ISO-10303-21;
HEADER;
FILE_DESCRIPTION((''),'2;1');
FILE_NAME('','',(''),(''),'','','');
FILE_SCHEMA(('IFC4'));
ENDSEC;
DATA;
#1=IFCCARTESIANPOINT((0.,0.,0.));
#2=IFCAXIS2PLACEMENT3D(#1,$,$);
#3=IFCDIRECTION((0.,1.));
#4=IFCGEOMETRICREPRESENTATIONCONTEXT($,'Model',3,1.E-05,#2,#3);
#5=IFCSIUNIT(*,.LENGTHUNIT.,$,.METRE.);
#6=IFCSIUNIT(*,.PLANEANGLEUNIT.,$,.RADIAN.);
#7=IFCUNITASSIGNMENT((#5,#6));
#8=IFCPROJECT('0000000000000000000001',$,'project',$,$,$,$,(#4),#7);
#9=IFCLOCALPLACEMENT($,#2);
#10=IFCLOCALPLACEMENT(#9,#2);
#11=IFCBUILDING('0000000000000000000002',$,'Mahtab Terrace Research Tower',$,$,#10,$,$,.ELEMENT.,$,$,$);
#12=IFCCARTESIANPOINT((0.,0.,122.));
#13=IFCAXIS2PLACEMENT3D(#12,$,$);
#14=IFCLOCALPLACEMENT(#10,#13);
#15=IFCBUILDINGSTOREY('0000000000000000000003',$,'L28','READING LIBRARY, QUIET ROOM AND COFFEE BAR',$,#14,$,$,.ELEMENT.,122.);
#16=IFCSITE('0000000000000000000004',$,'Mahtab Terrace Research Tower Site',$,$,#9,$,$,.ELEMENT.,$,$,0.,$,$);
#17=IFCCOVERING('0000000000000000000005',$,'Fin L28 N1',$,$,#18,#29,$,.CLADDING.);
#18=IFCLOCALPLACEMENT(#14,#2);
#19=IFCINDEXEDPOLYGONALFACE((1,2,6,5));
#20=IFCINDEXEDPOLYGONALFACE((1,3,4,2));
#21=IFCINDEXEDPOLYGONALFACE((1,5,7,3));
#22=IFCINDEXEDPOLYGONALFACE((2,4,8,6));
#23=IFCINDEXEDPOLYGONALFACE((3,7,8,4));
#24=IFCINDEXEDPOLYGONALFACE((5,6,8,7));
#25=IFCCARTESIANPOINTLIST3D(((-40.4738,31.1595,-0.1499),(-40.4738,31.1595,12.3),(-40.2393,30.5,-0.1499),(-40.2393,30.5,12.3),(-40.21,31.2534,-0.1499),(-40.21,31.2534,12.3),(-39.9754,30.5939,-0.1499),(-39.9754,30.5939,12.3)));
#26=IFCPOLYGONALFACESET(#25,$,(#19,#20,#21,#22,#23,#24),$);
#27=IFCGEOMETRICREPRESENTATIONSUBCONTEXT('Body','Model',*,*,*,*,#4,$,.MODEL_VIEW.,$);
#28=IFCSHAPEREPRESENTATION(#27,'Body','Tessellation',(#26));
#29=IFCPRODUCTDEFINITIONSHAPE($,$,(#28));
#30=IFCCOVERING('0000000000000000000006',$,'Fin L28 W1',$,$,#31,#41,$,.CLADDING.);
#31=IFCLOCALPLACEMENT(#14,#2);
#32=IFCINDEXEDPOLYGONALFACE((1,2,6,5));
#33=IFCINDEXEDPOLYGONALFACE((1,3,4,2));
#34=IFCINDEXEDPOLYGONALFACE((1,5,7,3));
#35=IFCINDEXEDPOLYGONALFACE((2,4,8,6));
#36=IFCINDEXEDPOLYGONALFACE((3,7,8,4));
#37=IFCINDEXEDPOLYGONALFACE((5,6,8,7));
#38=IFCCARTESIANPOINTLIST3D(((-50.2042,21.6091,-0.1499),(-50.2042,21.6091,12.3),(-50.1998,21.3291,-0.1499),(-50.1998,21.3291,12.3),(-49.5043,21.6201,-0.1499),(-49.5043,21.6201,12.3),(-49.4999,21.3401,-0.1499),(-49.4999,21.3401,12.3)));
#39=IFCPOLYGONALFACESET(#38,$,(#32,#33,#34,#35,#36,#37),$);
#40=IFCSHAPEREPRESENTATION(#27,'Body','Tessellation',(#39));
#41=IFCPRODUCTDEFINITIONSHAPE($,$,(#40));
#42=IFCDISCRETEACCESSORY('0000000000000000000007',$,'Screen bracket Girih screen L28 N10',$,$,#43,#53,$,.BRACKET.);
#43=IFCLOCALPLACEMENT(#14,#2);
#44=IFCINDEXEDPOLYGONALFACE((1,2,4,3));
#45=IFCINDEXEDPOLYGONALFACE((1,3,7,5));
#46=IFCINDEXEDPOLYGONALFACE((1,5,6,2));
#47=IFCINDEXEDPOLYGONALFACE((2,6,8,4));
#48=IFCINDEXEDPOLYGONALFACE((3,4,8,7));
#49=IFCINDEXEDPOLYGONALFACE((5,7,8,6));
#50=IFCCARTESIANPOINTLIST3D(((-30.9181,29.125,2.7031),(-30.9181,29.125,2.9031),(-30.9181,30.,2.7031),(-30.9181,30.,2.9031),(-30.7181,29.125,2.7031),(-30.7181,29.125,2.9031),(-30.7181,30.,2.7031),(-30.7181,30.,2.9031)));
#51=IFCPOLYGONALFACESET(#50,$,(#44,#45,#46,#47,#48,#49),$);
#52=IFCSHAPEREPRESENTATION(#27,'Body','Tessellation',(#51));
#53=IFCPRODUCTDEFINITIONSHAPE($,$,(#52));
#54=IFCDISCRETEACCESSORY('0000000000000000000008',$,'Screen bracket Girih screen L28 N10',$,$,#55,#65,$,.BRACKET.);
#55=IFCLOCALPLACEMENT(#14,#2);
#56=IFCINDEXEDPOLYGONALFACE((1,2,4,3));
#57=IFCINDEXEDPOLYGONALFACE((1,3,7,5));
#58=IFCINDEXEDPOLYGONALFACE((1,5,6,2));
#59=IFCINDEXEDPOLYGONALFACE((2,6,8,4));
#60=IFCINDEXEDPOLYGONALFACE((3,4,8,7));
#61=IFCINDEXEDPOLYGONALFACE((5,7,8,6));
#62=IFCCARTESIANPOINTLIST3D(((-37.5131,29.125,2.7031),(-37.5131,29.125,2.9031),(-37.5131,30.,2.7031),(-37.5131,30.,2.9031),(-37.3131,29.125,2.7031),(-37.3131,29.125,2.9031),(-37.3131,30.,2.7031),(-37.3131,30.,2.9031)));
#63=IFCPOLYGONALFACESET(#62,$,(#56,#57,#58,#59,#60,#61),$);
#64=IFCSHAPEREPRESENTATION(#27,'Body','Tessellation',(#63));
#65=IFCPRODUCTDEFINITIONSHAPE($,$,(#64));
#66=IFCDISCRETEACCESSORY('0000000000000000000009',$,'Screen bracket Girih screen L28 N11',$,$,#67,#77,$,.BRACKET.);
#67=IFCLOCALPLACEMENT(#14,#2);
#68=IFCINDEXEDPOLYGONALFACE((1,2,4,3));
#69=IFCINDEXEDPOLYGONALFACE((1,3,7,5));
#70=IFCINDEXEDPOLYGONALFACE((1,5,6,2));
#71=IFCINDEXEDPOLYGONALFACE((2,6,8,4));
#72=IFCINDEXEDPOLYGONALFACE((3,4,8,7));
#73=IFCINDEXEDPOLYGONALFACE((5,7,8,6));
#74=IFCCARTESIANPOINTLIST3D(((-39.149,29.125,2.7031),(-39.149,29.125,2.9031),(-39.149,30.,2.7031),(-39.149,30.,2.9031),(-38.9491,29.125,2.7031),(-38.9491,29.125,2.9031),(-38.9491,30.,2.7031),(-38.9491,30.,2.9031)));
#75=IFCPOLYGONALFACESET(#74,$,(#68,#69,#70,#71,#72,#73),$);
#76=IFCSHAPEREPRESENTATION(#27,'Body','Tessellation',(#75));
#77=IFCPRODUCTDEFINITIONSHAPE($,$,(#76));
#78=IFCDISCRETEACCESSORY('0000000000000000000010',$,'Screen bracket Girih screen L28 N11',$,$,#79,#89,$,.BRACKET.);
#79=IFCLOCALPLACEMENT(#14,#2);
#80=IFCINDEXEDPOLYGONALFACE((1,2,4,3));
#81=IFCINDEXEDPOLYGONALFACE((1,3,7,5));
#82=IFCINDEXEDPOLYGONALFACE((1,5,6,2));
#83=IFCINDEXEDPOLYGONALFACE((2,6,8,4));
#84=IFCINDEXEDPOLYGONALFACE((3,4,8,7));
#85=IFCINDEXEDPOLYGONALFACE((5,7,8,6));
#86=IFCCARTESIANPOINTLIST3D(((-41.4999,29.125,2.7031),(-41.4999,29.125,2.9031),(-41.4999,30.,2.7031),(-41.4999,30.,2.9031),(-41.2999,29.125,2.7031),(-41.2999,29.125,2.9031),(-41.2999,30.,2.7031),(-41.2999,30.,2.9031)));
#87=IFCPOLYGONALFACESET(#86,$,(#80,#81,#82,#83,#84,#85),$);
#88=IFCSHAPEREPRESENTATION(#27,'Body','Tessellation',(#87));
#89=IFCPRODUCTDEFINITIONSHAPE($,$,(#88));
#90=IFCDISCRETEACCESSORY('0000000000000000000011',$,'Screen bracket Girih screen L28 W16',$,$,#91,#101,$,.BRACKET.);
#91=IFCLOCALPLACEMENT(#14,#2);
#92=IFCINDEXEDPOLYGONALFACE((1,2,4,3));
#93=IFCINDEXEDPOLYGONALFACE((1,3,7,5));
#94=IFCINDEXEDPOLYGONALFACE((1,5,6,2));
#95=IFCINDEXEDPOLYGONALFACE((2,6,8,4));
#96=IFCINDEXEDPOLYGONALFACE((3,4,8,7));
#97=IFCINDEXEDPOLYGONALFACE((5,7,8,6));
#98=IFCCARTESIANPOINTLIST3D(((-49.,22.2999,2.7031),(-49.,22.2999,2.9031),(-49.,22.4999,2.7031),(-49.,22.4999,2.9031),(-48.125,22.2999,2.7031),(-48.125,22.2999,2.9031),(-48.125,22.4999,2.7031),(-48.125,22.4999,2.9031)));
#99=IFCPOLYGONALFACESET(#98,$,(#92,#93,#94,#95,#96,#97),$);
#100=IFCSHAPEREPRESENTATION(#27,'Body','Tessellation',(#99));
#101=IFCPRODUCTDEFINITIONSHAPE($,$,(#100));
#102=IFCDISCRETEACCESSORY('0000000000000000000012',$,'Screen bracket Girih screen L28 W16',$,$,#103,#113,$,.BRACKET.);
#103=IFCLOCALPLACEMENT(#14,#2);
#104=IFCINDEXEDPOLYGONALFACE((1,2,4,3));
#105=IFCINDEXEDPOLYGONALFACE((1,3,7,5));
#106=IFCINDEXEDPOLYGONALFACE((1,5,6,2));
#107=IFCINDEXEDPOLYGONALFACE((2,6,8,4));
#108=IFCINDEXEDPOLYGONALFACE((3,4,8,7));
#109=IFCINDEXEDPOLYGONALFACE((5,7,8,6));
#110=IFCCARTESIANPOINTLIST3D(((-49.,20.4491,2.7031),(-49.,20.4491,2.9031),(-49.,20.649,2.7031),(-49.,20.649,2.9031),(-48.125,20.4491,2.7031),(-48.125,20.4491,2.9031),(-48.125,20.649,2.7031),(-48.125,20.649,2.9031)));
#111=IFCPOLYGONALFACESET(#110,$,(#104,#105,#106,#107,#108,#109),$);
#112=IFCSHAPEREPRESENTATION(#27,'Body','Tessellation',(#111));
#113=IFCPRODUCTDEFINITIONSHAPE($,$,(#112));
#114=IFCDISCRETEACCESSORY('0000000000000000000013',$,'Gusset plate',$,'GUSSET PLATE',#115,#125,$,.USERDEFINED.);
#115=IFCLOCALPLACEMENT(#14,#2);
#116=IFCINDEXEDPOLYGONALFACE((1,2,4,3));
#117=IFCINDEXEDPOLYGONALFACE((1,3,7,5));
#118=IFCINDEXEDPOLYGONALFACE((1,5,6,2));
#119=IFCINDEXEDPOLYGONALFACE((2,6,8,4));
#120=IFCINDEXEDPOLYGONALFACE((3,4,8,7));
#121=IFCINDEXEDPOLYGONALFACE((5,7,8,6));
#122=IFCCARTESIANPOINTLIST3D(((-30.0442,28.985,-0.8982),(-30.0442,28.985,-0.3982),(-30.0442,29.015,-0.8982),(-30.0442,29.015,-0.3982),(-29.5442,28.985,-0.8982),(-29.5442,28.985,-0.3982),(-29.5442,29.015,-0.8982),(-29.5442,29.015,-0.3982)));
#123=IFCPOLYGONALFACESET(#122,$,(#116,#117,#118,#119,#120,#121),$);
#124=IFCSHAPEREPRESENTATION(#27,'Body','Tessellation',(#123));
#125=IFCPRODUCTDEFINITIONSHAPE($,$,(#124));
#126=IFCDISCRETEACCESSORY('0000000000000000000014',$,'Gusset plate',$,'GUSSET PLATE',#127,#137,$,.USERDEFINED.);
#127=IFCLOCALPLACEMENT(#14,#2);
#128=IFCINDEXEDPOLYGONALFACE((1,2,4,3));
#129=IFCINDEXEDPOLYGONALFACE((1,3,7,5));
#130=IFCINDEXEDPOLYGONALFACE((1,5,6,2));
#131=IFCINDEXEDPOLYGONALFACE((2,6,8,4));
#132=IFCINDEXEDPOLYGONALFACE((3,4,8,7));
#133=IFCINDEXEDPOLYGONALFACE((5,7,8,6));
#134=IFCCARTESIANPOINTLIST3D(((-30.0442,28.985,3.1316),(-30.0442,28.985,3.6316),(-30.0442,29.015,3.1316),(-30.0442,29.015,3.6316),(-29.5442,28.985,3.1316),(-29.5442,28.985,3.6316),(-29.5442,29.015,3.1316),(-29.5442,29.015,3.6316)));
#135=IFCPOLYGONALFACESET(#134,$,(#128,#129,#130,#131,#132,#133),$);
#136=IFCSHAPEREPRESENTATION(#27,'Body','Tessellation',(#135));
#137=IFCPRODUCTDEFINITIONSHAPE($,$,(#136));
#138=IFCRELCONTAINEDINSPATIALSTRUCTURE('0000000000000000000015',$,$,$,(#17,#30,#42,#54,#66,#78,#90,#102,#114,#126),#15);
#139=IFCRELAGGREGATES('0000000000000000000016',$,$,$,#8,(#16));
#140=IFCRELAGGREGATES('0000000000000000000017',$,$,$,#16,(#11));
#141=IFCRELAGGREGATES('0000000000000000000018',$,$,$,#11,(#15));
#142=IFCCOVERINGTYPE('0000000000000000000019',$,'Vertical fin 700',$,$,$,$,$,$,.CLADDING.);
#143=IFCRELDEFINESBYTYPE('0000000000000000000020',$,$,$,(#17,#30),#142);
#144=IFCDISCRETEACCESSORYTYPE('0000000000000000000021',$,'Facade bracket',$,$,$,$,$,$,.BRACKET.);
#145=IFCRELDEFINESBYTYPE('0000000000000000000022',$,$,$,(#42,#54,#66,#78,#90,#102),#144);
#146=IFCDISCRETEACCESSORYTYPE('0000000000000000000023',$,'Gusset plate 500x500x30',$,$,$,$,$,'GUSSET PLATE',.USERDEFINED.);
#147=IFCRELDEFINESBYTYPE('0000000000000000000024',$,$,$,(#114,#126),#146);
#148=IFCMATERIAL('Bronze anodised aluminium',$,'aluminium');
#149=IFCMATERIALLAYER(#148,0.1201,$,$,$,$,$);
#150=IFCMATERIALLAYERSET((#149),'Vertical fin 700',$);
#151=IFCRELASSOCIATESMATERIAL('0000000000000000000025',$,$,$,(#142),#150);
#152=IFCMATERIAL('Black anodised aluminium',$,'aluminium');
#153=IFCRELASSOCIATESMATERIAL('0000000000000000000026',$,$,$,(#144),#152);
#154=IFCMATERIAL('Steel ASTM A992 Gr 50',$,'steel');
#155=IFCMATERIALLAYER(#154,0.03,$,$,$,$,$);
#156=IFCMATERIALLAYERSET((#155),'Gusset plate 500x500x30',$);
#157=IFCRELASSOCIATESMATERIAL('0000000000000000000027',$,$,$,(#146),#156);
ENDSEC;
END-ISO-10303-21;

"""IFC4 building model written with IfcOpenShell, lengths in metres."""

from ifc_helpers import new_model, si_unit, direction, frame, origin, origin_2d, place, context, subcontext, project, spatial, rectangle, extrude, material, layer, layer_set, type_object, element, save


model = new_model("IFC4")

# Units and contexts
model_context = context("Model", 3, precision=1e-05, world=origin(), true_north=direction((0.0, 1.0)))
body_context = subcontext(model_context, "Body", "Model", "MODEL_VIEW")
ifc_project = project(units=[si_unit("LENGTHUNIT", "METRE"), si_unit("PLANEANGLEUNIT", "RADIAN")], contexts=[model_context])

# Site, building, storey
site_placement = place(None, origin())
site = spatial("IfcSite", under=ifc_project, at=site_placement, Name="Mahtab Terrace Research Tower Site", CompositionType="ELEMENT", RefElevation=0.0)
building_placement = place(site_placement, origin())
building = spatial("IfcBuilding", under=site, at=building_placement, Name="Mahtab Terrace Research Tower", CompositionType="ELEMENT")
storey_placement = place(building_placement, frame((0.0, 0.0, 122.0)))
storey = spatial("IfcBuildingStorey", under=building, at=storey_placement, Name="L28", Description="READING LIBRARY, QUIET ROOM AND COFFEE BAR", CompositionType="ELEMENT", Elevation=122.0)

# Shared definitions
ifc_material_1 = material(Name="Steel ASTM A992 Gr 50", Category="steel")

# Coverings
ifc_material_2 = material(Name="Bronze anodised aluminium", Category="aluminium")
ifc_layer_1 = layer(ifc_material_2, 0.1201)
ifc_layer_set_1 = layer_set([ifc_layer_1], Name="Vertical fin 700")
covering_type_1 = type_object("IfcCoveringType", Name="Vertical fin 700", PredefinedType="CLADDING", material=ifc_layer_set_1)
for number, where, z_axis, x_axis, name in (
    (1, (-40.2246, 30.8767, -0.1499), (0.0, 0.0, 1.0), (-0.942191, -0.335078, 0.0), "Fin L28 N1"),
    (2, (-49.8521, 21.4746, -0.1499), (0.0, 0.0, 1.0), (0.015661, -0.999877, 0.0), "Fin L28 W1"),
):
    element("IfcCovering", number, at=place(storey_placement, frame(where, z_axis=z_axis, x_axis=x_axis)), inside=storey, type_object=covering_type_1, Name=name, PredefinedType="CLADDING", context=body_context, shape_type="SweptSolid", body=[
        extrude(rectangle(XDim=0.28, YDim=0.7, at=origin_2d()), origin(), (0.0, 0.0, 1.0), 12.45),
    ])

# Discrete accessories
ifc_material_3 = material(Name="Black anodised aluminium", Category="aluminium")
discrete_accessory_type_1 = type_object("IfcDiscreteAccessoryType", Name="Facade bracket", PredefinedType="BRACKET", material=ifc_material_3)
for number, where, z_axis, x_axis, name in (
    (3, (-30.8181, 29.5625, 2.7031), (0.0, 0.0, 1.0), (-1.0, 0.0, 0.0), "Screen bracket Girih screen L28 N10"),
    (4, (-37.4131, 29.5625, 2.7031), (0.0, 0.0, 1.0), (-1.0, 0.0, 0.0), "Screen bracket Girih screen L28 N10"),
    (5, (-39.0491, 29.5625, 2.7031), (0.0, 0.0, 1.0), (-1.0, 0.0, 0.0), "Screen bracket Girih screen L28 N11"),
    (6, (-41.3999, 29.5625, 2.7031), (0.0, 0.0, 1.0), (-1.0, 0.0, 0.0), "Screen bracket Girih screen L28 N11"),
    (7, (-48.5625, 22.3999, 2.7031), (0.0, 0.0, 1.0), (0.0, -1.0, 0.0), "Screen bracket Girih screen L28 W16"),
    (8, (-48.5625, 20.5491, 2.7031), (0.0, 0.0, 1.0), (0.0, -1.0, 0.0), "Screen bracket Girih screen L28 W16"),
):
    element("IfcDiscreteAccessory", number, at=place(storey_placement, frame(where, z_axis=z_axis, x_axis=x_axis)), inside=storey, type_object=discrete_accessory_type_1, Name=name, PredefinedType="BRACKET", context=body_context, shape_type="SweptSolid", body=[
        extrude(rectangle(XDim=0.2, YDim=0.875, at=origin_2d()), origin(), (0.0, 0.0, 1.0), 0.2),
    ])
ifc_layer_2 = layer(ifc_material_1, 0.03)
ifc_layer_set_2 = layer_set([ifc_layer_2], Name="Gusset plate 500x500x30")
discrete_accessory_type_2 = type_object("IfcDiscreteAccessoryType", Name="Gusset plate 500x500x30", ElementType="GUSSET PLATE", PredefinedType="USERDEFINED", material=ifc_layer_set_2)
for number, where, z_axis, x_axis, name in (
    (9, (-29.7942, 29.0, -0.8982), (0.0, 0.0, 1.0), (1.0, 0.0, 0.0), "Gusset plate"),
    (10, (-29.7942, 29.0, 3.1316), (0.0, 0.0, 1.0), (1.0, 0.0, 0.0), "Gusset plate"),
):
    element("IfcDiscreteAccessory", number, at=place(storey_placement, frame(where, z_axis=z_axis, x_axis=x_axis)), inside=storey, type_object=discrete_accessory_type_2, Name=name, ObjectType="GUSSET PLATE", PredefinedType="USERDEFINED", context=body_context, shape_type="SweptSolid", body=[
        extrude(rectangle(XDim=0.5, YDim=0.03, at=origin_2d()), origin(), (0.0, 0.0, 1.0), 0.5),
    ])

save(model, "model.ifc")
